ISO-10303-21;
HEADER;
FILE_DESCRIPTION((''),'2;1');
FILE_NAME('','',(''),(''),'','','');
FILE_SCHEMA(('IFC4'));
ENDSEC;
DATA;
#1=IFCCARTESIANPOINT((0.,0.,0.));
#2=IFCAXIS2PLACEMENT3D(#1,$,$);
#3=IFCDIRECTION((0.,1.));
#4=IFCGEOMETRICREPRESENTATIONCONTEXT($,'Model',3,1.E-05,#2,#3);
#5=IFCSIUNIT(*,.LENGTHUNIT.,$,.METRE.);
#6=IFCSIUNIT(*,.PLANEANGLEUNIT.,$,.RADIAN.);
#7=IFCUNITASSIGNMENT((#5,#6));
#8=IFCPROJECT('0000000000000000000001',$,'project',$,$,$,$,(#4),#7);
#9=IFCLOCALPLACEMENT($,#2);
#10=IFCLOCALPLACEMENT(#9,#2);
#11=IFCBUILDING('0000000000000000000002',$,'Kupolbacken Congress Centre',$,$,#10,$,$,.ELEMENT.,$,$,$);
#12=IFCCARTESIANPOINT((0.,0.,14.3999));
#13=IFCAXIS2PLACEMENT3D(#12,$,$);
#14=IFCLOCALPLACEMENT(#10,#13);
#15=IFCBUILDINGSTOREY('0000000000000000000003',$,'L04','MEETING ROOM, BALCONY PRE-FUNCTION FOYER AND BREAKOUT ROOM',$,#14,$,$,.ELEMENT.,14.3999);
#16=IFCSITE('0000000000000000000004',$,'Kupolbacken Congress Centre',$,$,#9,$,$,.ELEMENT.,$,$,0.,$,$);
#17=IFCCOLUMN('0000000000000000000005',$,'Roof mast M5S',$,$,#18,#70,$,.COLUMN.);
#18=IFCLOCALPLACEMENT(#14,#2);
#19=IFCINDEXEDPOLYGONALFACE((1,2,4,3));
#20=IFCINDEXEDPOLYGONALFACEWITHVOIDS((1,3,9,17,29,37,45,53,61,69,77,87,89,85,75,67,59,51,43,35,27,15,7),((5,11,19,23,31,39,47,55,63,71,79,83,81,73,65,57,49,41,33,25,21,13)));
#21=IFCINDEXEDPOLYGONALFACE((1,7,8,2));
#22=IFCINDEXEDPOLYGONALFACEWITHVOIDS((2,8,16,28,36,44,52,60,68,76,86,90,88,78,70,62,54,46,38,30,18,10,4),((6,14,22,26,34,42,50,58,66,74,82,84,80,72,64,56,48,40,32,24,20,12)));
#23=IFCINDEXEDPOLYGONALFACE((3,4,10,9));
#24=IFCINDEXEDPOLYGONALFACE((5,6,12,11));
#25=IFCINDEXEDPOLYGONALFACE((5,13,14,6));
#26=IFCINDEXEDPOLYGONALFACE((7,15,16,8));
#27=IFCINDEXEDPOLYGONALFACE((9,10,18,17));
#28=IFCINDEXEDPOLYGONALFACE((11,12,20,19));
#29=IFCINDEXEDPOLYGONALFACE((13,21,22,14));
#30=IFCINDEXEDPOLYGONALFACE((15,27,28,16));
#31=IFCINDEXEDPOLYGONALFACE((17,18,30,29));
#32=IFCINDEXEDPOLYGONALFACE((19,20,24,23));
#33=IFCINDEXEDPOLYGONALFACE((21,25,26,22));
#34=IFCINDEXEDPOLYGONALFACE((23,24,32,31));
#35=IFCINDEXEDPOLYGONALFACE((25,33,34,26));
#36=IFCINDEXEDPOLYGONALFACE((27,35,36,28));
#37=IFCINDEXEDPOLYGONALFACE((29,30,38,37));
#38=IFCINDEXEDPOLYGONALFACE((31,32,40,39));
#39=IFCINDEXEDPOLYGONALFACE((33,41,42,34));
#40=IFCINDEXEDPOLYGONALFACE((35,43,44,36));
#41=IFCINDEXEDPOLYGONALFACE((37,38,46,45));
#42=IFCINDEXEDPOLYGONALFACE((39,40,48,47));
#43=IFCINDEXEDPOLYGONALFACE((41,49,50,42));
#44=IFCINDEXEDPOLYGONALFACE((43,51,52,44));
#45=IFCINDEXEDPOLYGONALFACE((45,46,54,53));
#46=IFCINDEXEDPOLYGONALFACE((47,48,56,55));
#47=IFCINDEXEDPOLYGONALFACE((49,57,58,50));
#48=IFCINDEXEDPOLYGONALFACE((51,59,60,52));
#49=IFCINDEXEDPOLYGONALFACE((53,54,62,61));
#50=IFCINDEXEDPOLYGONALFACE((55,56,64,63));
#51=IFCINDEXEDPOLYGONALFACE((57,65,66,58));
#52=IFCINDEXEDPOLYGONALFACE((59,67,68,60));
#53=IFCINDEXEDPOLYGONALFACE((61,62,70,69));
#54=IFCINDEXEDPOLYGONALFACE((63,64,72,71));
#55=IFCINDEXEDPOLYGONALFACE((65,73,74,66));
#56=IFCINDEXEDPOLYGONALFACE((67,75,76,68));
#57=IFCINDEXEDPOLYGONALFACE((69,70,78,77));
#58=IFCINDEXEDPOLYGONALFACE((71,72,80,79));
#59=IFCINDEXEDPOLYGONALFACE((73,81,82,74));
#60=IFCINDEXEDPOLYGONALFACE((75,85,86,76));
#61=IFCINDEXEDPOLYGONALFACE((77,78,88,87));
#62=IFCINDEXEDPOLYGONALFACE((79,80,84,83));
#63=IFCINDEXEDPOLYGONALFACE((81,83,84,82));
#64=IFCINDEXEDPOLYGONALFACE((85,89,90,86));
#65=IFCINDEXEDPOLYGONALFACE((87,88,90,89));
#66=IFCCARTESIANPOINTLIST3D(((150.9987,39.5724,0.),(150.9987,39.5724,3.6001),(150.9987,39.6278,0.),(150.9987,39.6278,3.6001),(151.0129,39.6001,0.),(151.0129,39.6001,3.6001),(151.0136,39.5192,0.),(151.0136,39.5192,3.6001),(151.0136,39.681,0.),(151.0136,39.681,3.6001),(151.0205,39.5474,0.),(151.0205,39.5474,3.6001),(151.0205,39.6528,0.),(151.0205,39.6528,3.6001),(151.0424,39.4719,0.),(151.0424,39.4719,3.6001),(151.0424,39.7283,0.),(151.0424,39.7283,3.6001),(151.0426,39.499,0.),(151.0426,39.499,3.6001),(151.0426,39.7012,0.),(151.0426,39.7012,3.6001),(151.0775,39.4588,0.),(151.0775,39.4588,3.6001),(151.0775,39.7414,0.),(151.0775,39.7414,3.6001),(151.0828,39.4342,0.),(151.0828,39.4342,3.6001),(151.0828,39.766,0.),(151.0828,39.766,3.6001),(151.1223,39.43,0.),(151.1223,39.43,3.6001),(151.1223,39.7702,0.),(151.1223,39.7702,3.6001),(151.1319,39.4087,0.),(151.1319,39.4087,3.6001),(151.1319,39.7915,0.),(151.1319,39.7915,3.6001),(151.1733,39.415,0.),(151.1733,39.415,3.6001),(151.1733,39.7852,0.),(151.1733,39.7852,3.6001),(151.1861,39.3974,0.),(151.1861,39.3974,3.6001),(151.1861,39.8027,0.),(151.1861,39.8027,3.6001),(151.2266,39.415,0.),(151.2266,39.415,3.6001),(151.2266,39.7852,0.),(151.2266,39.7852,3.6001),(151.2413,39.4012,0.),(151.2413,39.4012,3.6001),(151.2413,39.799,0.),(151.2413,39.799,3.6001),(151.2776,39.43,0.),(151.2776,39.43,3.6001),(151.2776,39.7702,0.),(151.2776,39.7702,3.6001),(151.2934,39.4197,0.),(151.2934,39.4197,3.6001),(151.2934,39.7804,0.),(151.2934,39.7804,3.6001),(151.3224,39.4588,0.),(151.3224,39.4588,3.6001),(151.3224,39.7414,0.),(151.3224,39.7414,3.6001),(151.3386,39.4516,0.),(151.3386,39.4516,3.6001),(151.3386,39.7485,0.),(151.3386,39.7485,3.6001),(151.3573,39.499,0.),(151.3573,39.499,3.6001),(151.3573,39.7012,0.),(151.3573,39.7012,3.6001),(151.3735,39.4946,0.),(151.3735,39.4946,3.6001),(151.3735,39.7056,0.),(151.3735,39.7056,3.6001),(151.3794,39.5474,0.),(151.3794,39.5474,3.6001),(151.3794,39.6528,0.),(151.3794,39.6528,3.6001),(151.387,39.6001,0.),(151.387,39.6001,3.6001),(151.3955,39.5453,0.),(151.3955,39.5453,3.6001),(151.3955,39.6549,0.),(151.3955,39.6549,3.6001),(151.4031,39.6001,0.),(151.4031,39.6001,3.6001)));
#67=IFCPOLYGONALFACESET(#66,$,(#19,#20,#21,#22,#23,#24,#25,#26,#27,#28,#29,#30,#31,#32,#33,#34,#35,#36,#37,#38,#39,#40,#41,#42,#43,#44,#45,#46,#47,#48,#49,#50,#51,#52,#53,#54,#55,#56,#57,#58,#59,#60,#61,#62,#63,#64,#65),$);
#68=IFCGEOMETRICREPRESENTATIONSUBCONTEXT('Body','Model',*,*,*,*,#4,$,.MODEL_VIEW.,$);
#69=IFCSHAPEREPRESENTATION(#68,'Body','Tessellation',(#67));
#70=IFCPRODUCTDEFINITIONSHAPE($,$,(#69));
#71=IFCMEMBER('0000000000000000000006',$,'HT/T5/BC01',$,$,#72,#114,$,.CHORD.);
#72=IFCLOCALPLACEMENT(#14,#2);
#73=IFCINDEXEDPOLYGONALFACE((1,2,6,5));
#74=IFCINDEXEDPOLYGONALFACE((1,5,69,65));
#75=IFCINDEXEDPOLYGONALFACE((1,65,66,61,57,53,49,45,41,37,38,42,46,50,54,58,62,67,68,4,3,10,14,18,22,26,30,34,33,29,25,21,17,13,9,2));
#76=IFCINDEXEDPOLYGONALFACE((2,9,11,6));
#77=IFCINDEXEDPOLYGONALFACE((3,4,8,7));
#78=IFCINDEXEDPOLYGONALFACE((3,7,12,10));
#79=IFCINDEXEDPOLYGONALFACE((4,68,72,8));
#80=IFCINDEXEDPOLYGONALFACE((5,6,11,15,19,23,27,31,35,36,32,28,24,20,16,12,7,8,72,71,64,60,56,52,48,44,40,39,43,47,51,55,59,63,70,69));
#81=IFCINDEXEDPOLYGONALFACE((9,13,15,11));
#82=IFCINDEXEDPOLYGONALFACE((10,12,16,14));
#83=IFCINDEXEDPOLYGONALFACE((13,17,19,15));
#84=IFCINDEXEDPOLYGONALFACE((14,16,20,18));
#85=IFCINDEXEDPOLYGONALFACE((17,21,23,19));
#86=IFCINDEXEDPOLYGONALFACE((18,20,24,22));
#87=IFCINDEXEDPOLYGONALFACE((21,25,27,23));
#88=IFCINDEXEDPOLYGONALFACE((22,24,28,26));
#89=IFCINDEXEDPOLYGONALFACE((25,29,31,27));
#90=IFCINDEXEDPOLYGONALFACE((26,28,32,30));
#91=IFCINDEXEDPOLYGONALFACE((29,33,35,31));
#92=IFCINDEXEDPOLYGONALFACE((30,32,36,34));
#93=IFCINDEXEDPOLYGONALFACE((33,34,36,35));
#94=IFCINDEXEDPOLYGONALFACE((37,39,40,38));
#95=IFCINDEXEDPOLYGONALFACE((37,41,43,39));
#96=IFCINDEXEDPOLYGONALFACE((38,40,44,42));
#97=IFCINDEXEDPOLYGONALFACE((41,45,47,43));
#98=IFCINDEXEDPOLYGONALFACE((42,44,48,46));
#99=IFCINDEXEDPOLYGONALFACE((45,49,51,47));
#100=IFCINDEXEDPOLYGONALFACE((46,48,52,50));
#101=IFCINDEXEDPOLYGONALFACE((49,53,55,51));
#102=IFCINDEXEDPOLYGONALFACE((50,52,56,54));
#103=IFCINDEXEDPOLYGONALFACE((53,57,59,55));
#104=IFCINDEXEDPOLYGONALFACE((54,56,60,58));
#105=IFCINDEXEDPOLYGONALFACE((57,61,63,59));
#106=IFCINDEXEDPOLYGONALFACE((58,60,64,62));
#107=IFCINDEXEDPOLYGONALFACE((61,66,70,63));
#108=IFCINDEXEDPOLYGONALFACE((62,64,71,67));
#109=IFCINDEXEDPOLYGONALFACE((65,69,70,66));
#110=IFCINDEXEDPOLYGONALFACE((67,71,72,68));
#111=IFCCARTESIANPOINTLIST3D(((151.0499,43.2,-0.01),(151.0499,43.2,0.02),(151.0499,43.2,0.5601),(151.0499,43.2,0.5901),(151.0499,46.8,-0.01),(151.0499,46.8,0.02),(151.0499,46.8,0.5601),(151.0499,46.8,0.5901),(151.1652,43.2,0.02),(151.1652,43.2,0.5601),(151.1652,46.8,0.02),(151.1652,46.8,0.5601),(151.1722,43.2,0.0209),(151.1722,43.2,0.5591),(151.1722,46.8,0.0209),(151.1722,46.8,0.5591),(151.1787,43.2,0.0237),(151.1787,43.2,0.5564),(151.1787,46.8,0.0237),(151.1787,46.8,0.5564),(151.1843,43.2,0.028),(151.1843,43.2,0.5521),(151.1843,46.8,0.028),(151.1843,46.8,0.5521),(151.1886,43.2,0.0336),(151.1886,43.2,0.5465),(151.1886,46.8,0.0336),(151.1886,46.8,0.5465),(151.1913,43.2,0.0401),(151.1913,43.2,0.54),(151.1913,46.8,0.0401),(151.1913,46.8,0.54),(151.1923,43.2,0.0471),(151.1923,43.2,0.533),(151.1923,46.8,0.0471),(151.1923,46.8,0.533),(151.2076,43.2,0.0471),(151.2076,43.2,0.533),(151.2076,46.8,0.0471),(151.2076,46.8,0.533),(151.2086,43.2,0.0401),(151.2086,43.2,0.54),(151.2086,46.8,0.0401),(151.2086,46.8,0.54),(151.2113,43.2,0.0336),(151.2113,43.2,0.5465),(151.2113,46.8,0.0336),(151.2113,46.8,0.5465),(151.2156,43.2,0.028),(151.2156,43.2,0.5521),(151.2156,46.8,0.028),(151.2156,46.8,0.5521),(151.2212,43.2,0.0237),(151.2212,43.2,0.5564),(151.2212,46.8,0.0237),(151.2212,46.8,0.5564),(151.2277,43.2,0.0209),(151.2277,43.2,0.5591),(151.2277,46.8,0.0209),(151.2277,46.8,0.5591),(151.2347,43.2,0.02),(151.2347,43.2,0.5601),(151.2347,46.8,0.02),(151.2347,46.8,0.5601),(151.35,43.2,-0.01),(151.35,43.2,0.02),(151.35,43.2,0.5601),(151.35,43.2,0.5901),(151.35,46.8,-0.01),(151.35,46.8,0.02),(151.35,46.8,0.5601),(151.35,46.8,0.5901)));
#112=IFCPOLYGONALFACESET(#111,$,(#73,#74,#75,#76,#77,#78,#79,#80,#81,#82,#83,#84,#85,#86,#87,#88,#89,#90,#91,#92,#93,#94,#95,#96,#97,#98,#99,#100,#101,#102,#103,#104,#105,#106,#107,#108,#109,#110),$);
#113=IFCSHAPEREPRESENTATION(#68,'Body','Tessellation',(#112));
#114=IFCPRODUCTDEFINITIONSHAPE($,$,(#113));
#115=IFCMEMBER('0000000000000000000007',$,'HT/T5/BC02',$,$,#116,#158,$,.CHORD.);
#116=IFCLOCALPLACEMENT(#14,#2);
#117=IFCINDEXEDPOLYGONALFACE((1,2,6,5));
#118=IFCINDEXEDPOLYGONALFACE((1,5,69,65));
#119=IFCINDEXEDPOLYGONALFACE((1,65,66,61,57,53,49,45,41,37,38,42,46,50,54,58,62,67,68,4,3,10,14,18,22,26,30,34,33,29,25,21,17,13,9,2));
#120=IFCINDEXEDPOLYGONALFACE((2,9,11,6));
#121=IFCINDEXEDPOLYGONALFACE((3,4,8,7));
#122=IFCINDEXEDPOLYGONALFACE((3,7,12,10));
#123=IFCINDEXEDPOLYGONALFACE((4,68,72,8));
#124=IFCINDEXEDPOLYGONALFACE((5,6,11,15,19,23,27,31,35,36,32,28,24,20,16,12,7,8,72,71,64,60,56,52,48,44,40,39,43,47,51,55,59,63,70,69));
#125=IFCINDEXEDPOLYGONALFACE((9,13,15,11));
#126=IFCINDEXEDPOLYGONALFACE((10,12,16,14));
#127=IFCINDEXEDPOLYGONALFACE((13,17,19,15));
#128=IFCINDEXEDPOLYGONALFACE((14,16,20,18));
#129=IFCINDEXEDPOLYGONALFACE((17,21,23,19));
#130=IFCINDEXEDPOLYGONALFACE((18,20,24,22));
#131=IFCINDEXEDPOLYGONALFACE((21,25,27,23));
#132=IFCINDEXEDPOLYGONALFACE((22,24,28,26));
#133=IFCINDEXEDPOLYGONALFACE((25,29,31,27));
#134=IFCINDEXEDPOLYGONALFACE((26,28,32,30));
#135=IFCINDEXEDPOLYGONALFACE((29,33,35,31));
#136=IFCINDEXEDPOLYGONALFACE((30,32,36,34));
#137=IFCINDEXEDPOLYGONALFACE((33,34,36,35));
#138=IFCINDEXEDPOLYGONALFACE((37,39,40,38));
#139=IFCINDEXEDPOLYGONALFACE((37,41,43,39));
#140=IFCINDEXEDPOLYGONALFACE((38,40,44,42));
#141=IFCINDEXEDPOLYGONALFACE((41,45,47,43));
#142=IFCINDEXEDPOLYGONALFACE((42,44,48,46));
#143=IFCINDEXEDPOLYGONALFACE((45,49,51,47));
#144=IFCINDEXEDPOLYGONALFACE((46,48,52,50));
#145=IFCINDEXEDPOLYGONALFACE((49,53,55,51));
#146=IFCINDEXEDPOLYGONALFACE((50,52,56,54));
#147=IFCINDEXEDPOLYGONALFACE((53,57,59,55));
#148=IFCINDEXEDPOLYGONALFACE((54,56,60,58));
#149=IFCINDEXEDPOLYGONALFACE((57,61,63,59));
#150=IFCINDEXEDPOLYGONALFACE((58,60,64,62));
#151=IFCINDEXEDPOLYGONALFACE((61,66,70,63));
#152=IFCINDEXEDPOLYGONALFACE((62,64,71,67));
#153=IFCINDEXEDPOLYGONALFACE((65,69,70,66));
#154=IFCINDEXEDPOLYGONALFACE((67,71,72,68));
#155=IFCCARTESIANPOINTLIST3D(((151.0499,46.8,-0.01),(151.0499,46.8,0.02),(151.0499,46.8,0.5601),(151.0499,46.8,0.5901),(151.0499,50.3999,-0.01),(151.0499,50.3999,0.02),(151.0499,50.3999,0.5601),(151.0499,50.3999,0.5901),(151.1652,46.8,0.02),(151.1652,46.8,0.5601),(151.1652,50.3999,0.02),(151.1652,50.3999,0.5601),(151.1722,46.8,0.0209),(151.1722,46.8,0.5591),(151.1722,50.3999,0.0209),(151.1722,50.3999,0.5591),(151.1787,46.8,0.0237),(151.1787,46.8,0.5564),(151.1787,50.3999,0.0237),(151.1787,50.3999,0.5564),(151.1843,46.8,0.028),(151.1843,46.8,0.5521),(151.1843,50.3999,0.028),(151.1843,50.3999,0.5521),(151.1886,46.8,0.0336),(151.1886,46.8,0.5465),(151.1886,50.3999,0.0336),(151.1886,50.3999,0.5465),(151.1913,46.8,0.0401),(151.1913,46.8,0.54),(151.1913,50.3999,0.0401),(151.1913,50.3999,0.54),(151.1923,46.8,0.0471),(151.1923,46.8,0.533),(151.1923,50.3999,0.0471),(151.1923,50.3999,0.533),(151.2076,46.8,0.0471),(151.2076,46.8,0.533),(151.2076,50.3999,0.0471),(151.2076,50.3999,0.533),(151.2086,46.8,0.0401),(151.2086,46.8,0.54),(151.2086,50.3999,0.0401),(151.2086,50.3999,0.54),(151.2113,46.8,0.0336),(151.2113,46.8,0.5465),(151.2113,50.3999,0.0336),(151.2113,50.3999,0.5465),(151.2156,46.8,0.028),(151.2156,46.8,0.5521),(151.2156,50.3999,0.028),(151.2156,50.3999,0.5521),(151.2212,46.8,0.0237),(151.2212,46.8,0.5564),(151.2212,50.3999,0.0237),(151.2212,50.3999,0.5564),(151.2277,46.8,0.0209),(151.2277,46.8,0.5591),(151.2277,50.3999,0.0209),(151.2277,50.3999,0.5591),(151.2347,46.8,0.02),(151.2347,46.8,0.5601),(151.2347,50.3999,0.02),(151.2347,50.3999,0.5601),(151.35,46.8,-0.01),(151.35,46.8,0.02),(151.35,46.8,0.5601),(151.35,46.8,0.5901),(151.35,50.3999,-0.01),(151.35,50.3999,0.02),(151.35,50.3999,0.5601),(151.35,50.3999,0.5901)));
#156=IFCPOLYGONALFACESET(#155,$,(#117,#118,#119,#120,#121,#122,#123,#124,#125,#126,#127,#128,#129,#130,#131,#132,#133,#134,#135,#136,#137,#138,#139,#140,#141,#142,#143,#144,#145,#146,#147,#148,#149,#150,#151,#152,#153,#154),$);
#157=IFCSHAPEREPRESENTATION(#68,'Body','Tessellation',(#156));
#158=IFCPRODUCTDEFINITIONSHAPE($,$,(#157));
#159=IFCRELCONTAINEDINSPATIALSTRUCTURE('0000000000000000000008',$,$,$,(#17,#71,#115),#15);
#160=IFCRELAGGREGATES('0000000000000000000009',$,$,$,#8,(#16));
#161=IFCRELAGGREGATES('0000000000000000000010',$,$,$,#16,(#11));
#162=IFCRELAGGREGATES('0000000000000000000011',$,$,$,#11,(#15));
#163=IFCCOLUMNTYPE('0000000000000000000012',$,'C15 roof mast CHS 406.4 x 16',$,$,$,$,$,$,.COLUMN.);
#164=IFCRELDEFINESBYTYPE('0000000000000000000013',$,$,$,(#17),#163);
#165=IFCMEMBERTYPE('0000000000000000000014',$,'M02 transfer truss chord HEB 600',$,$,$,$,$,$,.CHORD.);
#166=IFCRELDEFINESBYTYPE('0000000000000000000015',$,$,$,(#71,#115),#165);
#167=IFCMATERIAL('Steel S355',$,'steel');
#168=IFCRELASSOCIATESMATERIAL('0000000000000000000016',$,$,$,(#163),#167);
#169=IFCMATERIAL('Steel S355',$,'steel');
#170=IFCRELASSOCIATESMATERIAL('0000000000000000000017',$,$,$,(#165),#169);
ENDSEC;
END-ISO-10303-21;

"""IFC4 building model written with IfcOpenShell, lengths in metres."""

from ifc_helpers import new_model, si_unit, direction, frame, origin, origin_2d, place, context, subcontext, project, spatial, hollow_circle, i_section, extrude, material, material_profile, profile_set, type_object, element, save


model = new_model("IFC4")

# Units and contexts
model_context = context("Model", 3, precision=1e-05, world=origin(), true_north=direction((0.0, 1.0)))
body_context = subcontext(model_context, "Body", "Model", "MODEL_VIEW")
ifc_project = project(units=[si_unit("LENGTHUNIT", "METRE"), si_unit("PLANEANGLEUNIT", "RADIAN")], contexts=[model_context])

# Site, building, storey
site_placement = place(None, origin())
site = spatial("IfcSite", under=ifc_project, at=site_placement, Name="Kupolbacken Congress Centre", CompositionType="ELEMENT", RefElevation=0.0)
building_placement = place(site_placement, origin())
building = spatial("IfcBuilding", under=site, at=building_placement, Name="Kupolbacken Congress Centre", CompositionType="ELEMENT")
storey_placement = place(building_placement, frame((0.0, 0.0, 14.3999)))
storey = spatial("IfcBuildingStorey", under=building, at=storey_placement, Name="L04", Description="MEETING ROOM, BALCONY PRE-FUNCTION FOYER AND BREAKOUT ROOM", CompositionType="ELEMENT", Elevation=14.3999)

# Column
ifc_material_1 = material(Name="Steel S355", Category="steel")
ifc_material_profile_1 = material_profile(ifc_material_1, hollow_circle(Radius=0.2031, WallThickness=0.0161, at=origin_2d()), Name="CHS 406.4 x 16")
ifc_profile_set_1 = profile_set([ifc_material_profile_1], Name="Steel S355")
column_type = type_object("IfcColumnType", Name="C15 roof mast CHS 406.4 x 16", PredefinedType="COLUMN", material=ifc_profile_set_1)
column_placement = place(storey_placement, frame((151.2, 39.6001, 0.0), z_axis=(0.0, 0.0, 1.0), x_axis=(1.0, 0.0, 0.0)))
element("IfcColumn", 1, at=column_placement, inside=storey, type_object=column_type, Name="Roof mast M5S", PredefinedType="COLUMN", context=body_context, shape_type="SweptSolid", body=[
    extrude(hollow_circle(Radius=0.2031, WallThickness=0.0161, at=origin_2d()), origin(), (0.0, 0.0, 1.0), 3.6001),
])

# Members
ifc_material_2 = material(Name="Steel S355", Category="steel")
ifc_material_profile_2 = material_profile(ifc_material_2, i_section(OverallWidth=0.3, OverallDepth=0.6001, WebThickness=0.0154, FlangeThickness=0.03, FilletRadius=0.0271, at=origin_2d()), Name="HEB 600")
ifc_profile_set_2 = profile_set([ifc_material_profile_2], Name="Steel S355")
member_type_1 = type_object("IfcMemberType", Name="M02 transfer truss chord HEB 600", PredefinedType="CHORD", material=ifc_profile_set_2)
member_1_placement = place(storey_placement, frame((151.2, 43.2, 0.29), z_axis=(0.0, 1.0, 0.0), x_axis=(-1.0, 0.0, 0.0)))
element("IfcMember", 2, at=member_1_placement, inside=storey, type_object=member_type_1, Name="HT/T5/BC01", PredefinedType="CHORD", context=body_context, shape_type="SweptSolid", body=[
    extrude(i_section(OverallWidth=0.3, OverallDepth=0.6001, WebThickness=0.0154, FlangeThickness=0.03, FilletRadius=0.0271, at=origin_2d()), origin(), (0.0, 0.0, 1.0), 3.6001),
])
member_2_placement = place(storey_placement, frame((151.2, 46.8, 0.29), z_axis=(0.0, 1.0, 0.0), x_axis=(-1.0, 0.0, 0.0)))
element("IfcMember", 3, at=member_2_placement, inside=storey, type_object=member_type_1, Name="HT/T5/BC02", PredefinedType="CHORD", context=body_context, shape_type="SweptSolid", body=[
    extrude(i_section(OverallWidth=0.3, OverallDepth=0.6001, WebThickness=0.0154, FlangeThickness=0.03, FilletRadius=0.0271, at=origin_2d()), origin(), (0.0, 0.0, 1.0), 3.5999),
])

save(model, "model.ifc")
